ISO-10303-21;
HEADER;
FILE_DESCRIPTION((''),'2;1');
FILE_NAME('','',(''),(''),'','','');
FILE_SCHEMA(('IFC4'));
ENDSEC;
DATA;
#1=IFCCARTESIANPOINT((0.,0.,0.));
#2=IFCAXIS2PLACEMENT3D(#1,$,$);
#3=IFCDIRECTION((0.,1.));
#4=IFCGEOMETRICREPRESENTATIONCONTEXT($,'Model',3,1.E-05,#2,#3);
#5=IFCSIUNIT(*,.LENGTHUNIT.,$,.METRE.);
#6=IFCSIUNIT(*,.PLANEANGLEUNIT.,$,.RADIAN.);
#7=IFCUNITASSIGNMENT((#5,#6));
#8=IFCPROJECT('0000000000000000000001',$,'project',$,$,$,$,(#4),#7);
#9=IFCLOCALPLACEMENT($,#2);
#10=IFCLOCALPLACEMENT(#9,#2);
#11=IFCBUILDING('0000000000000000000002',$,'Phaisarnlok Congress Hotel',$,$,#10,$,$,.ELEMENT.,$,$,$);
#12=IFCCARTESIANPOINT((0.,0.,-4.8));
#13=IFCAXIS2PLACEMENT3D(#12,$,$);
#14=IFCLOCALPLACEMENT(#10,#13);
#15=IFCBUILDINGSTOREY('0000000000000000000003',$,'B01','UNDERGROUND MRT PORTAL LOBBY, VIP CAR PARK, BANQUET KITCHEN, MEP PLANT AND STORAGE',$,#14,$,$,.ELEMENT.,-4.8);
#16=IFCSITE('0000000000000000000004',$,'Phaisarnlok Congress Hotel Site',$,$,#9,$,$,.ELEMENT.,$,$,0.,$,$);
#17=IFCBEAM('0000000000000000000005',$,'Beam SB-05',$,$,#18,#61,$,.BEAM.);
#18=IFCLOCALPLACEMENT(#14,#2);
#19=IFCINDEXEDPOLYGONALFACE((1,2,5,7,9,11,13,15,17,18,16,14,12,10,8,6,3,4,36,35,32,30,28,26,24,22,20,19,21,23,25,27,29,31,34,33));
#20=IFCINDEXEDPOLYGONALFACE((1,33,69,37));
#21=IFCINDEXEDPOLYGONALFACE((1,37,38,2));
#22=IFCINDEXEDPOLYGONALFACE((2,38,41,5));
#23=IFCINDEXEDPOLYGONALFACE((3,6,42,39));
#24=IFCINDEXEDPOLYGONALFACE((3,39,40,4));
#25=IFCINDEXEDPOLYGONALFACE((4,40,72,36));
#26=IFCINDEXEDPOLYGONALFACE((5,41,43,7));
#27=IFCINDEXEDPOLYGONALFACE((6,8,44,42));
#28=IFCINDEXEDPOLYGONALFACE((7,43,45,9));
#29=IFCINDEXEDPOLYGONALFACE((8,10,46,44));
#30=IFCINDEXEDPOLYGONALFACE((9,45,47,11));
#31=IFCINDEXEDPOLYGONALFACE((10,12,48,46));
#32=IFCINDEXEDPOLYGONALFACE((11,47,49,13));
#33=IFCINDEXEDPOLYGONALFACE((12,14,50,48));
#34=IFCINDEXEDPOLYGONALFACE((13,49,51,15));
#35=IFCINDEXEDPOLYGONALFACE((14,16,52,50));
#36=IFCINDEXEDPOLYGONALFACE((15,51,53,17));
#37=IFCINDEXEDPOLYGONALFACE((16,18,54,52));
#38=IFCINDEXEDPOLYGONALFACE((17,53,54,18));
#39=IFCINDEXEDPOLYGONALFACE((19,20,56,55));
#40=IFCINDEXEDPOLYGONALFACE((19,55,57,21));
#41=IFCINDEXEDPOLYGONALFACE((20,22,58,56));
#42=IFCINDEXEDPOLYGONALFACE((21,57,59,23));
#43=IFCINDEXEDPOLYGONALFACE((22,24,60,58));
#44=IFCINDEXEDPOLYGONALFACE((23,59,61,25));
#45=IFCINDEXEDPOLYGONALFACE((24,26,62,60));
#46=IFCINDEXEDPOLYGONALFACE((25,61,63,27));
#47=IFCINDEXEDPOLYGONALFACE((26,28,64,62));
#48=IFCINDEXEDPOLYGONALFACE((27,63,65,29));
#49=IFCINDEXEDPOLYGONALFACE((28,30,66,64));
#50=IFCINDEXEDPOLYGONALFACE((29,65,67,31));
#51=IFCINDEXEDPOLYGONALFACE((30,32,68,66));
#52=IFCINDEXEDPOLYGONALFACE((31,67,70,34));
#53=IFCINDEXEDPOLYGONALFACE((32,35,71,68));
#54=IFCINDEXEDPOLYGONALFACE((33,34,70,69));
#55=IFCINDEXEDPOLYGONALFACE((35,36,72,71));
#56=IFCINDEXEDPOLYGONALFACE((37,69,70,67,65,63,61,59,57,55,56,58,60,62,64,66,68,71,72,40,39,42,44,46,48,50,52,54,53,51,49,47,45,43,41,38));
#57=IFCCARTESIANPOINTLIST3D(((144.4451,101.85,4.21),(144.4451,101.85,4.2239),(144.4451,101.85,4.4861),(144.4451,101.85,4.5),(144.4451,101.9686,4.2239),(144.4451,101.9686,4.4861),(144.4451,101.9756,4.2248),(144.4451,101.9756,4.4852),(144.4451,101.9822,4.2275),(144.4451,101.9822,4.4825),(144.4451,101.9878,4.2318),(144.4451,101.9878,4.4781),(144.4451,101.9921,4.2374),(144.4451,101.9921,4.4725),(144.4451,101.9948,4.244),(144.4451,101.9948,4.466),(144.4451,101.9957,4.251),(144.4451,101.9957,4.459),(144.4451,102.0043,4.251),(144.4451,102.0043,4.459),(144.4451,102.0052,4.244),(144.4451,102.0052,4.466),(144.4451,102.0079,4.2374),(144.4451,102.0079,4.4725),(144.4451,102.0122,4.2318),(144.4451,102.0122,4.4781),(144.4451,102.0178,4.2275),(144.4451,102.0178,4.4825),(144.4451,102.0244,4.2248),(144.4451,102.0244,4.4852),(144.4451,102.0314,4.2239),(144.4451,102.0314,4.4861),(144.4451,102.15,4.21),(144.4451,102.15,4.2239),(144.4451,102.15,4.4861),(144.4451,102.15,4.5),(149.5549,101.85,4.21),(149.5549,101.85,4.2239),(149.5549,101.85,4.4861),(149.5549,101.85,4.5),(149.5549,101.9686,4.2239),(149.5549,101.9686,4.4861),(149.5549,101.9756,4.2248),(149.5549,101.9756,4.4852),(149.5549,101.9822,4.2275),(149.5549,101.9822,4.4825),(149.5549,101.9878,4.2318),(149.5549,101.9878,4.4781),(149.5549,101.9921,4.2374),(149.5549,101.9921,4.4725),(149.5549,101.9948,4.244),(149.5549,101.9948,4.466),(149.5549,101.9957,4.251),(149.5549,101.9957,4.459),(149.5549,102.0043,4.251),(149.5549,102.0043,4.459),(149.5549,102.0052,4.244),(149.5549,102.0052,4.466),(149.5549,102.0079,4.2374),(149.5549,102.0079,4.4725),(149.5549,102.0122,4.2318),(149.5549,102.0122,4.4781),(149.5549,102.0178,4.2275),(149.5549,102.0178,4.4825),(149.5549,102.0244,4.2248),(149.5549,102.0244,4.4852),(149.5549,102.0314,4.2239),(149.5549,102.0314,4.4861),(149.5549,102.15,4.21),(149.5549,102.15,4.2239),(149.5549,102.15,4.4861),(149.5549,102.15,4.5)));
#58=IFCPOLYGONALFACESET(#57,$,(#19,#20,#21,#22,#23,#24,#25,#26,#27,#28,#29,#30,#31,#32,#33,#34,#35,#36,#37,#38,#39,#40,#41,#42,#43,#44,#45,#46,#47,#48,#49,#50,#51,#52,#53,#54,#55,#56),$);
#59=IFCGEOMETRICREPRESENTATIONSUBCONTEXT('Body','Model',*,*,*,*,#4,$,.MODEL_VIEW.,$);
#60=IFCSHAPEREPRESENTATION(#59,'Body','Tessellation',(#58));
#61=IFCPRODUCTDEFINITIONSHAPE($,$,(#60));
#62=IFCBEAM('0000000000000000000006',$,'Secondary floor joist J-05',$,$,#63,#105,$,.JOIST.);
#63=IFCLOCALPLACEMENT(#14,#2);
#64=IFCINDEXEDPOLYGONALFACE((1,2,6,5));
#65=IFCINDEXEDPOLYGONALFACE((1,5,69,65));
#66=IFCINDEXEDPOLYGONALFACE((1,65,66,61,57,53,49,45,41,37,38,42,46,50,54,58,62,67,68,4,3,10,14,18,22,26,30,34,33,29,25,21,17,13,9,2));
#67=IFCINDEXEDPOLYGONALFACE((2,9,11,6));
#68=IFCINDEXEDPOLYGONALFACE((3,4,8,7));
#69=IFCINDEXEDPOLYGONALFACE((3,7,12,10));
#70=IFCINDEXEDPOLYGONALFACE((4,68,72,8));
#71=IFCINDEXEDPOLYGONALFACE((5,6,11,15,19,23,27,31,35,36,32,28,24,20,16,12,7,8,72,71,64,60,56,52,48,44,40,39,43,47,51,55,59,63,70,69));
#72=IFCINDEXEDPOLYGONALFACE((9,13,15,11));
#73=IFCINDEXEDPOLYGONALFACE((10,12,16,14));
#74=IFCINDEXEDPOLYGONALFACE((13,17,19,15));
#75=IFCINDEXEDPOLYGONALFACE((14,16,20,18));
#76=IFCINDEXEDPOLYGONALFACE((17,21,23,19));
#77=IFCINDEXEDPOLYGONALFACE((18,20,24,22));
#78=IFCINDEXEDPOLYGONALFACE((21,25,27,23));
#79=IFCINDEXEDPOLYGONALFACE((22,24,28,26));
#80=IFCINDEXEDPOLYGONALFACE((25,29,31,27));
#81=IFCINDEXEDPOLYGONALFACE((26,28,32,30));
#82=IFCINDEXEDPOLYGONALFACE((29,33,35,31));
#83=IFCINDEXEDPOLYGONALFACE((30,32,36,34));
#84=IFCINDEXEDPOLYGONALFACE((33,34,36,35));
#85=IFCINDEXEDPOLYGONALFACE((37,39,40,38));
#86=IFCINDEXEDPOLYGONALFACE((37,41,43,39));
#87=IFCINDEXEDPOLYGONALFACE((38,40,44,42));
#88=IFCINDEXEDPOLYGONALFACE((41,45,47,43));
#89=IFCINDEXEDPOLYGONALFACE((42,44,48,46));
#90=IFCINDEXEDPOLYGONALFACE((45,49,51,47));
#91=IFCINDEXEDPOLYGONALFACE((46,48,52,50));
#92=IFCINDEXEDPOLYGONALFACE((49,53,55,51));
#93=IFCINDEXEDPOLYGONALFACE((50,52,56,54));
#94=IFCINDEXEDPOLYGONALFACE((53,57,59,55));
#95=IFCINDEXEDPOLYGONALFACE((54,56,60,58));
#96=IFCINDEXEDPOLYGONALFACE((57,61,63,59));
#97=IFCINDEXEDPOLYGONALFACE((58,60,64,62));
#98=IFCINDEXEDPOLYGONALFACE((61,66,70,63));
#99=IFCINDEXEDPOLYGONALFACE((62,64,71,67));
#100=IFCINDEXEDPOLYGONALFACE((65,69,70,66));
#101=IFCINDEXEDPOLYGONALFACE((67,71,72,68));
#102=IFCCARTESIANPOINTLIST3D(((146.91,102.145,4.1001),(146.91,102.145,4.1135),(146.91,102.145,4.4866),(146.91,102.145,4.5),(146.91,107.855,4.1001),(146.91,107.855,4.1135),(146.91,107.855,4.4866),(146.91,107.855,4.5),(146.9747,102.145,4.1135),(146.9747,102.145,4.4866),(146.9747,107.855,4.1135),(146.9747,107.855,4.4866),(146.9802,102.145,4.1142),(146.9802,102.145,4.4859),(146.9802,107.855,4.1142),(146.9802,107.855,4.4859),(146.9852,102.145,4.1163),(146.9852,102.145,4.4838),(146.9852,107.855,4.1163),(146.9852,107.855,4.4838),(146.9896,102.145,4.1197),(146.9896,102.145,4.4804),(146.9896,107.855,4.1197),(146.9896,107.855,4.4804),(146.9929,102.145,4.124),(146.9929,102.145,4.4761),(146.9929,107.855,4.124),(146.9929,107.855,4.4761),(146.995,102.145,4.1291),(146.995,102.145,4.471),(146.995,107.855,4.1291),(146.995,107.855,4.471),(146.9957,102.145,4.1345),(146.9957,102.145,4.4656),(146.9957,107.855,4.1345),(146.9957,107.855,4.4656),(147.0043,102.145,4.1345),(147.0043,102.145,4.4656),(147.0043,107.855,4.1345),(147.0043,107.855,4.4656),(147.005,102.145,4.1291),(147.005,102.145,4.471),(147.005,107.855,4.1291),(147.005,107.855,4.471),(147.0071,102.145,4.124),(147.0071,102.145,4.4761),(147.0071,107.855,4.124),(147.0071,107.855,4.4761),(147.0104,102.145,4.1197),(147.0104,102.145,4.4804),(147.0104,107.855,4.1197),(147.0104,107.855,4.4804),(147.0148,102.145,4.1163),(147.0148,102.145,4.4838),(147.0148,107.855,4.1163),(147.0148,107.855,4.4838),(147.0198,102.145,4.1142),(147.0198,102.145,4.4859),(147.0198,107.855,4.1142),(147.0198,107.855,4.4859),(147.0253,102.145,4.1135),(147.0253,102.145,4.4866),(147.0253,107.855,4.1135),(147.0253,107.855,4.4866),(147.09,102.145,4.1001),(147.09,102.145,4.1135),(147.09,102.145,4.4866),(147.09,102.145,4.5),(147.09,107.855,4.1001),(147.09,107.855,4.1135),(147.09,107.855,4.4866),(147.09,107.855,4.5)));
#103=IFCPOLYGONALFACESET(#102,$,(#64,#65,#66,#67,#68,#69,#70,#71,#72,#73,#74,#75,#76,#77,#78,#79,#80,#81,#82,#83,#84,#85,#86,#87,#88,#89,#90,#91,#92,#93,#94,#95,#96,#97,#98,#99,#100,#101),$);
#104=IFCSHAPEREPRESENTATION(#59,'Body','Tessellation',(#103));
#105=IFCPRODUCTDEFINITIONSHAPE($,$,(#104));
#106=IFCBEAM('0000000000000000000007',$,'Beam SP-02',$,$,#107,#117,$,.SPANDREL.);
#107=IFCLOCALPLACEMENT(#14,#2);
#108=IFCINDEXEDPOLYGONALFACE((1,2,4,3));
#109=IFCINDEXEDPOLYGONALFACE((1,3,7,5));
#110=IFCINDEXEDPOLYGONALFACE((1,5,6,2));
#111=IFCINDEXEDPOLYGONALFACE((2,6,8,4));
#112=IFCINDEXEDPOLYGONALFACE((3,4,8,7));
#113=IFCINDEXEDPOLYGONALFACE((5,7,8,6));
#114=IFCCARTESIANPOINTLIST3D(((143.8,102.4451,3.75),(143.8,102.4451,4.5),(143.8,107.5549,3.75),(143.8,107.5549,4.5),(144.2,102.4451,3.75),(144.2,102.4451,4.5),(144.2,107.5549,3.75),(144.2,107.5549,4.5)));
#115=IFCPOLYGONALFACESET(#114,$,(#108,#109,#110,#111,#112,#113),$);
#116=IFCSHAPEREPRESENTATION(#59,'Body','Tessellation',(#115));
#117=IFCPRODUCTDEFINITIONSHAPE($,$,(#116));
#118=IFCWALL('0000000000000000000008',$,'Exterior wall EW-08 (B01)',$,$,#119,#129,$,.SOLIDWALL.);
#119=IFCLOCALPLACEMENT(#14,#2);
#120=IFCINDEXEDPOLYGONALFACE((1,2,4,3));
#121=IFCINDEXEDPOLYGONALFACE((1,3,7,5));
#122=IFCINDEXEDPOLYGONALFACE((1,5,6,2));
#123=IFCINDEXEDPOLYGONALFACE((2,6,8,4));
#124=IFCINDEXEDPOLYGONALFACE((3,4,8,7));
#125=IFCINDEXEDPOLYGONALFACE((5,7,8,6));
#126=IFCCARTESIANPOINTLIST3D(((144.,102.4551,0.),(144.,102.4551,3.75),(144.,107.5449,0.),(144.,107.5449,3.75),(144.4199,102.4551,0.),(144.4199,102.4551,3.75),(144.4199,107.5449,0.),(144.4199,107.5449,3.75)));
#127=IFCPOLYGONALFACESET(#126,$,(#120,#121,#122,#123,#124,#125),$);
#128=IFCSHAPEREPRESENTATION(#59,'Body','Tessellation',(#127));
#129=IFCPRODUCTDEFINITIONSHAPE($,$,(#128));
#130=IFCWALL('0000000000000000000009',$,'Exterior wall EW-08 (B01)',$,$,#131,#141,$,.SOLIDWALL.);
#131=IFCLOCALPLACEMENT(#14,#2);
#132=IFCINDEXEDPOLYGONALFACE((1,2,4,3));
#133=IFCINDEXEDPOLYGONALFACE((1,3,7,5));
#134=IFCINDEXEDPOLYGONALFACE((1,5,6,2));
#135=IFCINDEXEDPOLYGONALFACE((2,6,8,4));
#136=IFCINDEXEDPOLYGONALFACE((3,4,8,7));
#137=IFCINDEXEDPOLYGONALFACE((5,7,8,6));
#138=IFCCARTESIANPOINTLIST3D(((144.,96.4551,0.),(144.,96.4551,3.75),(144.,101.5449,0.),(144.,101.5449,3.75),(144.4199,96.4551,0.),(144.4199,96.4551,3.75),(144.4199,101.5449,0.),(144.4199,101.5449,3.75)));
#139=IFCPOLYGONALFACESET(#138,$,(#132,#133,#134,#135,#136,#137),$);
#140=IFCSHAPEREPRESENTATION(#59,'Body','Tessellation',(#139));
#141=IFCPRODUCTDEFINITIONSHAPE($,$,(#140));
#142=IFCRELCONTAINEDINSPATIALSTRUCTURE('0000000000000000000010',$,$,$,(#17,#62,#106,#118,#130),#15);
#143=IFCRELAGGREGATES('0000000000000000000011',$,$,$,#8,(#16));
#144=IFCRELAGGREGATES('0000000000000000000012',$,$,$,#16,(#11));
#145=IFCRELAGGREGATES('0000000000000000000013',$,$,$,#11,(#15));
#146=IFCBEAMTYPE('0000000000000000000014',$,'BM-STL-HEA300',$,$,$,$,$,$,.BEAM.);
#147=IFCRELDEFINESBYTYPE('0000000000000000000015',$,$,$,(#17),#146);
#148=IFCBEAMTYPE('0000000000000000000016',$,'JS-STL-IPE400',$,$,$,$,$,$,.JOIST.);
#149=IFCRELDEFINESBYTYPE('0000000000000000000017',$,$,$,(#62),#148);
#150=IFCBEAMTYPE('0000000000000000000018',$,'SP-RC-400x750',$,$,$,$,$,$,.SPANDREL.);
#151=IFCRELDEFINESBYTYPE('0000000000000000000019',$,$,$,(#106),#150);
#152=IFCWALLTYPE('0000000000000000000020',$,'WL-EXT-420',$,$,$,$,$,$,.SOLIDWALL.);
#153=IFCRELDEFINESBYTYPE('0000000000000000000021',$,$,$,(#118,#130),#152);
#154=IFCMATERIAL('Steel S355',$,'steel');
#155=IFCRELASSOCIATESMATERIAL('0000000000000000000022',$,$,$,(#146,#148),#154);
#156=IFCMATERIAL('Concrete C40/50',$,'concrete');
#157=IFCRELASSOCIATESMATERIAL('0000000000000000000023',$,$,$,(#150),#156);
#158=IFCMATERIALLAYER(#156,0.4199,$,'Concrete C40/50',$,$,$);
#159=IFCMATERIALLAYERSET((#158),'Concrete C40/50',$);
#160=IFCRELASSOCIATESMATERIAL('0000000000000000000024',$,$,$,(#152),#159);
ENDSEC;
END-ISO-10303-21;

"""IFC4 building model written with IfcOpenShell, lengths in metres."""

from ifc_helpers import new_model, si_unit, direction, frame, frame_2d, origin, origin_2d, place, context, subcontext, project, spatial, rectangle, i_section, extrude, material, layer, layer_set, material_profile, profile_set, type_object, element, save


model = new_model("IFC4")

# Units and contexts
model_context = context("Model", 3, precision=1e-05, world=origin(), true_north=direction((0.0, 1.0)))
body_context = subcontext(model_context, "Body", "Model", "MODEL_VIEW")
ifc_project = project(units=[si_unit("LENGTHUNIT", "METRE"), si_unit("PLANEANGLEUNIT", "RADIAN")], contexts=[model_context])

# Site, building, storey
site_placement = place(None, origin())
site = spatial("IfcSite", under=ifc_project, at=site_placement, Name="Phaisarnlok Congress Hotel Site", CompositionType="ELEMENT", RefElevation=0.0)
building_placement = place(site_placement, origin())
building = spatial("IfcBuilding", under=site, at=building_placement, Name="Phaisarnlok Congress Hotel", CompositionType="ELEMENT")
storey_placement = place(building_placement, frame((0.0, 0.0, -4.8)))
storey = spatial("IfcBuildingStorey", under=building, at=storey_placement, Name="B01", Description="UNDERGROUND MRT PORTAL LOBBY, VIP CAR PARK, BANQUET KITCHEN, MEP PLANT AND STORAGE", CompositionType="ELEMENT", Elevation=-4.8)

# Shared definitions
ifc_material_1 = material(Name="Concrete C40/50", Category="concrete")

# Beams
ifc_material_2 = material(Name="Steel S355", Category="steel")
ifc_material_profile_1 = material_profile(ifc_material_2, i_section(OverallWidth=0.3, OverallDepth=0.29, WebThickness=0.0085, FlangeThickness=0.0139, FilletRadius=0.0271, at=origin_2d()), Name="HEA 300")
ifc_profile_set_1 = profile_set([ifc_material_profile_1], Name="Steel S355")
beam_type_1 = type_object("IfcBeamType", Name="BM-STL-HEA300", PredefinedType="BEAM", material=ifc_profile_set_1)
beam_1_placement = place(storey_placement, frame((144.4451, 102.0, 4.355), z_axis=(1.0, 0.0, 0.0), x_axis=(0.0, 1.0, 0.0)))
element("IfcBeam", 1, at=beam_1_placement, inside=storey, type_object=beam_type_1, Name="Beam SB-05", PredefinedType="BEAM", context=body_context, shape_type="SweptSolid", body=[
    extrude(i_section(OverallWidth=0.3, OverallDepth=0.29, WebThickness=0.0085, FlangeThickness=0.0139, FilletRadius=0.0271, at=origin_2d()), origin(), (0.0, 0.0, 1.0), 5.1099),
])
ifc_material_profile_2 = material_profile(ifc_material_2, i_section(OverallWidth=0.1799, OverallDepth=0.3999, WebThickness=0.0085, FlangeThickness=0.0134, FilletRadius=0.021, at=origin_2d()), Name="IPE 400")
ifc_profile_set_2 = profile_set([ifc_material_profile_2], Name="Steel S355")
beam_type_2 = type_object("IfcBeamType", Name="JS-STL-IPE400", PredefinedType="JOIST", material=ifc_profile_set_2)
beam_2_placement = place(storey_placement, frame((147.0, 102.145, 4.3), z_axis=(0.0, 1.0, 0.0), x_axis=(-1.0, 0.0, 0.0)))
element("IfcBeam", 2, at=beam_2_placement, inside=storey, type_object=beam_type_2, Name="Secondary floor joist J-05", PredefinedType="JOIST", context=body_context, shape_type="SweptSolid", body=[
    extrude(i_section(OverallWidth=0.1799, OverallDepth=0.3999, WebThickness=0.0085, FlangeThickness=0.0134, FilletRadius=0.021, at=origin_2d()), origin(), (0.0, 0.0, 1.0), 5.71),
])
ifc_material_profile_3 = material_profile(ifc_material_1, rectangle(XDim=0.3999, YDim=0.75, at=origin_2d()), Name="RC 400x750")
ifc_profile_set_3 = profile_set([ifc_material_profile_3], Name="Concrete C40/50")
beam_type_3 = type_object("IfcBeamType", Name="SP-RC-400x750", PredefinedType="SPANDREL", material=ifc_profile_set_3)
beam_3_placement = place(storey_placement, frame((144.0, 102.4451, 4.125), z_axis=(0.0, 1.0, 0.0), x_axis=(-1.0, 0.0, 0.0)))
element("IfcBeam", 3, at=beam_3_placement, inside=storey, type_object=beam_type_3, Name="Beam SP-02", PredefinedType="SPANDREL", context=body_context, shape_type="SweptSolid", body=[
    extrude(rectangle(XDim=0.3999, YDim=0.75, at=origin_2d()), origin(), (0.0, 0.0, 1.0), 5.1099),
])

# Walls
ifc_layer = layer(ifc_material_1, 0.4199, Name="Concrete C40/50")
ifc_layer_set = layer_set([ifc_layer], Name="Concrete C40/50")
wall_type = type_object("IfcWallType", Name="WL-EXT-420", PredefinedType="SOLIDWALL", material=ifc_layer_set)
for number, where, z_axis, x_axis, name in (
    (4, (144.21, 107.5449, 0.0), (0.0, 0.0, 1.0), (0.0, -1.0, 0.0), "Exterior wall EW-08 (B01)"),
    (5, (144.21, 101.5449, 0.0), (0.0, 0.0, 1.0), (0.0, -1.0, 0.0), "Exterior wall EW-08 (B01)"),
):
    element("IfcWall", number, at=place(storey_placement, frame(where, z_axis=z_axis, x_axis=x_axis)), inside=storey, type_object=wall_type, Name=name, PredefinedType="SOLIDWALL", context=body_context, shape_type="SweptSolid", body=[
        extrude(rectangle(XDim=5.0898, YDim=0.4199, at=frame_2d((2.5449, 0.0))), origin(), (0.0, 0.0, 1.0), 3.75),
    ])

save(model, "model.ifc")
